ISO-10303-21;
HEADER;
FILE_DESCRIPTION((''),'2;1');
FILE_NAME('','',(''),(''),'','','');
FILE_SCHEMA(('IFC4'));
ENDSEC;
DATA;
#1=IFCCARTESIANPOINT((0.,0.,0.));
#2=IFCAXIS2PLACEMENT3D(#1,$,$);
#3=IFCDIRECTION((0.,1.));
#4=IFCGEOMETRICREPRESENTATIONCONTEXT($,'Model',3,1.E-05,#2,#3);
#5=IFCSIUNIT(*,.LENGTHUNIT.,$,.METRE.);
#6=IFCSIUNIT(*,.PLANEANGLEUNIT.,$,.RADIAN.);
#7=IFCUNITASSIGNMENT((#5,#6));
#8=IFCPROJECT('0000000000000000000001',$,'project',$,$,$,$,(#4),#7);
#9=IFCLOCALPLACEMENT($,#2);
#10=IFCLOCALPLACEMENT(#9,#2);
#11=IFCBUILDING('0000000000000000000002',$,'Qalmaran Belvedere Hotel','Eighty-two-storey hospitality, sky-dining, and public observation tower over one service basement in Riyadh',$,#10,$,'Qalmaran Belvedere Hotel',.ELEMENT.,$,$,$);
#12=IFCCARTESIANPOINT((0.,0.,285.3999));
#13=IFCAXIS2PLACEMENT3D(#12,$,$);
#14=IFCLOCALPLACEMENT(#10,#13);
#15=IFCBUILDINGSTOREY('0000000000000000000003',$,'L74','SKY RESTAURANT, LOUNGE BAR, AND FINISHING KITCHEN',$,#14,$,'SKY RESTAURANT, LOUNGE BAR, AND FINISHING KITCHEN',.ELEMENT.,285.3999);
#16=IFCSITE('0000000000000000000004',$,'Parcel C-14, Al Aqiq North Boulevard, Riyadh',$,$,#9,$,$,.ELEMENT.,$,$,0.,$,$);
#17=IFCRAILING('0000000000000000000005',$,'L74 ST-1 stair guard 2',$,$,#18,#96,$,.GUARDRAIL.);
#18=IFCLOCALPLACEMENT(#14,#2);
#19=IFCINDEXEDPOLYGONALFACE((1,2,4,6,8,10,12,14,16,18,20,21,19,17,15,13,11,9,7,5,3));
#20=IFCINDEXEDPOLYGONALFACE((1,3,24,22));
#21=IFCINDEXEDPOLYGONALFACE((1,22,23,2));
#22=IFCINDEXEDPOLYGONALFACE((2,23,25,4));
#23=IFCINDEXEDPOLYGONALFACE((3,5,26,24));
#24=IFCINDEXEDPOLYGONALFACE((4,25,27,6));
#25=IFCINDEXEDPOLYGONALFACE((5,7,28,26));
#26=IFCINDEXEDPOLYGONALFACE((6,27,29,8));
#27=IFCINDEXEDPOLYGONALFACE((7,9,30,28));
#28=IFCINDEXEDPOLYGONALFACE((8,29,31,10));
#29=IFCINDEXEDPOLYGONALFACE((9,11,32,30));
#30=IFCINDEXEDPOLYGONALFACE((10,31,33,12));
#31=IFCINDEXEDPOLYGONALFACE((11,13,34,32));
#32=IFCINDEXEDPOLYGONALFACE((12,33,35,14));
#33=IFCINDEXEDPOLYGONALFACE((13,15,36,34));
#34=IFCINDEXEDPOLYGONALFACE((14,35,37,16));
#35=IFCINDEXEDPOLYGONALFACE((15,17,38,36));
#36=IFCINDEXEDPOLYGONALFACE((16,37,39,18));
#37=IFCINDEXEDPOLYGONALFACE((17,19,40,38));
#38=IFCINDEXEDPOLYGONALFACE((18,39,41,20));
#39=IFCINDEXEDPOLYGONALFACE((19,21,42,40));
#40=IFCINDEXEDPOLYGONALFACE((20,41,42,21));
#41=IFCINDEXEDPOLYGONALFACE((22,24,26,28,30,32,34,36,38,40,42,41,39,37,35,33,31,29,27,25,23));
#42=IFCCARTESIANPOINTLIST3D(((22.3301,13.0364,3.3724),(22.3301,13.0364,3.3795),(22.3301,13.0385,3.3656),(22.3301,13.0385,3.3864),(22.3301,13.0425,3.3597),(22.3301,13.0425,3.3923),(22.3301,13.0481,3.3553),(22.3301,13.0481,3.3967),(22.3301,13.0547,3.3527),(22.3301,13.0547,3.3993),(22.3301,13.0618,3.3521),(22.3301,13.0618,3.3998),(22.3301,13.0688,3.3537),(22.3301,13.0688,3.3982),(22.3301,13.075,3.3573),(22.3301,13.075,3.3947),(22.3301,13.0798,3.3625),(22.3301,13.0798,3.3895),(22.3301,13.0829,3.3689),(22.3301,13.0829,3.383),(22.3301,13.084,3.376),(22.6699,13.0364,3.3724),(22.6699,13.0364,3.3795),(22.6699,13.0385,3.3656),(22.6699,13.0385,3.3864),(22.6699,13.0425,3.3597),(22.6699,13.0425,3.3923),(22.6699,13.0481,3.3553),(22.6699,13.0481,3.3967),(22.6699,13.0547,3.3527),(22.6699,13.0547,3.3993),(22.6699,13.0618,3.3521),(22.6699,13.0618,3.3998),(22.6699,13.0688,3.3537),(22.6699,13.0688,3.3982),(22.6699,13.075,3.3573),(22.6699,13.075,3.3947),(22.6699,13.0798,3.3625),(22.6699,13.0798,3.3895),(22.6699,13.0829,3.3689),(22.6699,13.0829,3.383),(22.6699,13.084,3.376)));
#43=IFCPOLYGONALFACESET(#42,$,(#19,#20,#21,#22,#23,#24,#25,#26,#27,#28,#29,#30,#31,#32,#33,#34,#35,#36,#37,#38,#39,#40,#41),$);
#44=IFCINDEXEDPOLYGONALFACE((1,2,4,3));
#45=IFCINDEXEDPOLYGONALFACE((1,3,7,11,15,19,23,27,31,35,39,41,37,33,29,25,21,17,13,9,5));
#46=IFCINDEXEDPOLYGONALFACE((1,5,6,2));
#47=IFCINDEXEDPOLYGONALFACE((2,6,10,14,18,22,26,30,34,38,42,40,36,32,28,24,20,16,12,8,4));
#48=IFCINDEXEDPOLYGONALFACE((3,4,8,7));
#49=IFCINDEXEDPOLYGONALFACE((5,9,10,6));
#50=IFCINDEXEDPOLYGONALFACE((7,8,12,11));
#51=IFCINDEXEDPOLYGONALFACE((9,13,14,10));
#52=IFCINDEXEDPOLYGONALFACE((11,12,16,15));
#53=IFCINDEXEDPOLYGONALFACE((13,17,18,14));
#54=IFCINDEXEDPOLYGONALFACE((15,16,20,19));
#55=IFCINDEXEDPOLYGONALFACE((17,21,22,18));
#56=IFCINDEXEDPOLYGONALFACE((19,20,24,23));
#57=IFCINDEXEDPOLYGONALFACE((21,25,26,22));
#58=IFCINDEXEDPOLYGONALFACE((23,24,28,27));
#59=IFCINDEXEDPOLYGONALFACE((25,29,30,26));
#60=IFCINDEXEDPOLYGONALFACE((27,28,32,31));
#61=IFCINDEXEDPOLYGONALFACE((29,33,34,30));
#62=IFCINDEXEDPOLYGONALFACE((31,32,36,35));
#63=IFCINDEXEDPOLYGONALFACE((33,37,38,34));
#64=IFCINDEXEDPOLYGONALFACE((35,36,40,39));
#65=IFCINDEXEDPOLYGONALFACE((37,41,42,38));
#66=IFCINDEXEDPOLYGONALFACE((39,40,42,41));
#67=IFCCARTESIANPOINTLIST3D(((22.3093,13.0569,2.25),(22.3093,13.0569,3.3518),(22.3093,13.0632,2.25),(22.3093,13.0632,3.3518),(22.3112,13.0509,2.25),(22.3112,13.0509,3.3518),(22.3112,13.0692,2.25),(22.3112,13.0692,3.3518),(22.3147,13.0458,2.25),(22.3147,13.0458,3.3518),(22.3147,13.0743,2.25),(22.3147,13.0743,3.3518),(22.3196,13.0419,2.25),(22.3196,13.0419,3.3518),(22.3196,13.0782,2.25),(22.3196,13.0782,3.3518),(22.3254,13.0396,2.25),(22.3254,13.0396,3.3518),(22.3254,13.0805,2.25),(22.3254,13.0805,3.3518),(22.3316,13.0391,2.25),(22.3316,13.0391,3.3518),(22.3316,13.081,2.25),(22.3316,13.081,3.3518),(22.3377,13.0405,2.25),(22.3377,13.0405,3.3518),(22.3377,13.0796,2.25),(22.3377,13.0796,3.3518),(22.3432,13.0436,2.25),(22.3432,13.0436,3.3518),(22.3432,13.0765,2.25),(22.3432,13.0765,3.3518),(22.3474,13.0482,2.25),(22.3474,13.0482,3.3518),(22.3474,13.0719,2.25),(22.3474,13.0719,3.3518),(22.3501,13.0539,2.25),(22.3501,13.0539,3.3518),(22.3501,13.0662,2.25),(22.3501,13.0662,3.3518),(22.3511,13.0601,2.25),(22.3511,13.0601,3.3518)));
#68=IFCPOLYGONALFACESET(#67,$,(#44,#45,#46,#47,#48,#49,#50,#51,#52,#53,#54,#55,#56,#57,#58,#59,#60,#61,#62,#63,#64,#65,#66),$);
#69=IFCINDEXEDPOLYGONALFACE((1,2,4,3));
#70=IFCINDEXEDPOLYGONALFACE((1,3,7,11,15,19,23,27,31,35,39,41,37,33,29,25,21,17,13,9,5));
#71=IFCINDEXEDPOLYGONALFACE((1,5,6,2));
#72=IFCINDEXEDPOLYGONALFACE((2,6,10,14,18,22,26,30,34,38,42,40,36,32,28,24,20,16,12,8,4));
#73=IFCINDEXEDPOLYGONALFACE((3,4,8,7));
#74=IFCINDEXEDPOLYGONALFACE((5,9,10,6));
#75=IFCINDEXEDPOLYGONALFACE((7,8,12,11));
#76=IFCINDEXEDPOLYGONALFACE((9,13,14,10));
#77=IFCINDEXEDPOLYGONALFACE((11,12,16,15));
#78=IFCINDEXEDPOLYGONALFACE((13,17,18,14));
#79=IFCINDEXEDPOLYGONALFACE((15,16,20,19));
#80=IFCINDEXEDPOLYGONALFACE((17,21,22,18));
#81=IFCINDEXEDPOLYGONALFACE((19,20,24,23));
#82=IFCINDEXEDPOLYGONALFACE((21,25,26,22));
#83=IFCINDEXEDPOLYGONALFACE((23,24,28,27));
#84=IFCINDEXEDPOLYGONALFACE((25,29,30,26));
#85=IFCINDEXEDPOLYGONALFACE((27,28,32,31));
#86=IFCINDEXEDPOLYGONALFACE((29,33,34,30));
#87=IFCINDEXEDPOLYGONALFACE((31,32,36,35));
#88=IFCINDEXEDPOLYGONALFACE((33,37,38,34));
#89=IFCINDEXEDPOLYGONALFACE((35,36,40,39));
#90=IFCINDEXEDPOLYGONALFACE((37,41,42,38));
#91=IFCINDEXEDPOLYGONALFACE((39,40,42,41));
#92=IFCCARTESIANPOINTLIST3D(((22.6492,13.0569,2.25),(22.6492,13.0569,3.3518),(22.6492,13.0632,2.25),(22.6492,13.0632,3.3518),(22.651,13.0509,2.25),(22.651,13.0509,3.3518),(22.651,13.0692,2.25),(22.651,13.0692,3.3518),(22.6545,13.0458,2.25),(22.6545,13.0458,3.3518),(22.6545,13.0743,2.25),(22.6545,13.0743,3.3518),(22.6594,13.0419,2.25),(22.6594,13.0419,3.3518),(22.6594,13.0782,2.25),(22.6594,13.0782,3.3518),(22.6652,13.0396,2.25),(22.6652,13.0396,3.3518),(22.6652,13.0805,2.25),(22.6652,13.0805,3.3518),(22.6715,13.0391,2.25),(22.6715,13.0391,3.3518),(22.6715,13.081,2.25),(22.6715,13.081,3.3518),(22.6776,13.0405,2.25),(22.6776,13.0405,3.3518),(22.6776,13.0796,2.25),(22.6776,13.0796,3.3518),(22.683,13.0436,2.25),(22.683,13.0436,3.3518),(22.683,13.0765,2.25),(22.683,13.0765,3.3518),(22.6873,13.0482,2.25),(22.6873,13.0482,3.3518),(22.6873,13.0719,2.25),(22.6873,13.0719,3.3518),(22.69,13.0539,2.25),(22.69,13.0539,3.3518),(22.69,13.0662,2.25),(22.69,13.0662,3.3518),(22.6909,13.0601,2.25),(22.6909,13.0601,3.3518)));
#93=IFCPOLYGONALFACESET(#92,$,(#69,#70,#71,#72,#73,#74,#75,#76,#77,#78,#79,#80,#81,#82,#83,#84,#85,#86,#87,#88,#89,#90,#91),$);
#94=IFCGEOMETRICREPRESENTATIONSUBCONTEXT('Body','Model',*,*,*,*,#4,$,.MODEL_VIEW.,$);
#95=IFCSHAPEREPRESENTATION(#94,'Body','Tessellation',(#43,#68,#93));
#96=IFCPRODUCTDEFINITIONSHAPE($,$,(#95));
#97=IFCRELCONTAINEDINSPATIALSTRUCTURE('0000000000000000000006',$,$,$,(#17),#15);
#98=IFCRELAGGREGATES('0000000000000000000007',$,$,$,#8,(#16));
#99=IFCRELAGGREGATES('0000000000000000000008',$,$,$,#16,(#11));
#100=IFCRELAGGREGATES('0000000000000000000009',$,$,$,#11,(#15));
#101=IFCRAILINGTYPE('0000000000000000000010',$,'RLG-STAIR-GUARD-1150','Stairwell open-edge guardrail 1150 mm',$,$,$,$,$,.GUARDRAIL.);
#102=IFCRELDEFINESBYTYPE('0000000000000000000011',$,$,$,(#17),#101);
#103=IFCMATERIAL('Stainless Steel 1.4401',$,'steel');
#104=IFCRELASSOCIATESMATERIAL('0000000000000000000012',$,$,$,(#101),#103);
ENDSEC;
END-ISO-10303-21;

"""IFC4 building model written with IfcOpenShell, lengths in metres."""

from ifc_helpers import new_model, si_unit, direction, frame, origin, origin_2d, place, context, subcontext, project, spatial, circle, extrude, material, type_object, element, save


model = new_model("IFC4")

# Units and contexts
model_context = context("Model", 3, precision=1e-05, world=origin(), true_north=direction((0.0, 1.0)))
body_context = subcontext(model_context, "Body", "Model", "MODEL_VIEW")
ifc_project = project(units=[si_unit("LENGTHUNIT", "METRE"), si_unit("PLANEANGLEUNIT", "RADIAN")], contexts=[model_context])

# Site, building, storey
site_placement = place(None, origin())
site = spatial("IfcSite", under=ifc_project, at=site_placement, Name="Parcel C-14, Al Aqiq North Boulevard, Riyadh", CompositionType="ELEMENT", RefElevation=0.0)
building_placement = place(site_placement, origin())
building = spatial("IfcBuilding", under=site, at=building_placement, Name="Qalmaran Belvedere Hotel", Description="Eighty-two-storey hospitality, sky-dining, and public observation tower over one service basement in Riyadh", LongName="Qalmaran Belvedere Hotel", CompositionType="ELEMENT")
storey_placement = place(building_placement, frame((0.0, 0.0, 285.3999)))
storey = spatial("IfcBuildingStorey", under=building, at=storey_placement, Name="L74", Description="SKY RESTAURANT, LOUNGE BAR, AND FINISHING KITCHEN", LongName="SKY RESTAURANT, LOUNGE BAR, AND FINISHING KITCHEN", CompositionType="ELEMENT", Elevation=285.3999)

# Railing
ifc_material_1 = material(Name="Stainless Steel 1.4401", Category="steel")
railing_type_1 = type_object("IfcRailingType", Name="RLG-STAIR-GUARD-1150", Description="Stairwell open-edge guardrail 1150 mm", PredefinedType="GUARDRAIL", material=ifc_material_1)
railing_1_placement = place(storey_placement, frame((22.3301, 13.0601, 2.25)))
element("IfcRailing", 1, at=railing_1_placement, inside=storey, type_object=railing_type_1, Name="L74 ST-1 stair guard 2", PredefinedType="GUARDRAIL", context=body_context, shape_type="SweptSolid", body=[
    extrude(circle(Radius=0.0239, at=origin_2d()), frame((0.0, 0.0, 1.126), z_axis=(1.0, 0.0, 0.0), x_axis=(0.0, 1.0, 0.0)), (0.0, 0.0, 1.0), 0.3398),
    extrude(circle(Radius=0.021, at=origin_2d()), origin(), (0.0, 0.0, 1.0), 1.1018),
    extrude(circle(Radius=0.021, at=origin_2d()), frame((0.3398, 0.0, 0.0)), (0.0, 0.0, 1.0), 1.1018),
])

save(model, "model.ifc")
